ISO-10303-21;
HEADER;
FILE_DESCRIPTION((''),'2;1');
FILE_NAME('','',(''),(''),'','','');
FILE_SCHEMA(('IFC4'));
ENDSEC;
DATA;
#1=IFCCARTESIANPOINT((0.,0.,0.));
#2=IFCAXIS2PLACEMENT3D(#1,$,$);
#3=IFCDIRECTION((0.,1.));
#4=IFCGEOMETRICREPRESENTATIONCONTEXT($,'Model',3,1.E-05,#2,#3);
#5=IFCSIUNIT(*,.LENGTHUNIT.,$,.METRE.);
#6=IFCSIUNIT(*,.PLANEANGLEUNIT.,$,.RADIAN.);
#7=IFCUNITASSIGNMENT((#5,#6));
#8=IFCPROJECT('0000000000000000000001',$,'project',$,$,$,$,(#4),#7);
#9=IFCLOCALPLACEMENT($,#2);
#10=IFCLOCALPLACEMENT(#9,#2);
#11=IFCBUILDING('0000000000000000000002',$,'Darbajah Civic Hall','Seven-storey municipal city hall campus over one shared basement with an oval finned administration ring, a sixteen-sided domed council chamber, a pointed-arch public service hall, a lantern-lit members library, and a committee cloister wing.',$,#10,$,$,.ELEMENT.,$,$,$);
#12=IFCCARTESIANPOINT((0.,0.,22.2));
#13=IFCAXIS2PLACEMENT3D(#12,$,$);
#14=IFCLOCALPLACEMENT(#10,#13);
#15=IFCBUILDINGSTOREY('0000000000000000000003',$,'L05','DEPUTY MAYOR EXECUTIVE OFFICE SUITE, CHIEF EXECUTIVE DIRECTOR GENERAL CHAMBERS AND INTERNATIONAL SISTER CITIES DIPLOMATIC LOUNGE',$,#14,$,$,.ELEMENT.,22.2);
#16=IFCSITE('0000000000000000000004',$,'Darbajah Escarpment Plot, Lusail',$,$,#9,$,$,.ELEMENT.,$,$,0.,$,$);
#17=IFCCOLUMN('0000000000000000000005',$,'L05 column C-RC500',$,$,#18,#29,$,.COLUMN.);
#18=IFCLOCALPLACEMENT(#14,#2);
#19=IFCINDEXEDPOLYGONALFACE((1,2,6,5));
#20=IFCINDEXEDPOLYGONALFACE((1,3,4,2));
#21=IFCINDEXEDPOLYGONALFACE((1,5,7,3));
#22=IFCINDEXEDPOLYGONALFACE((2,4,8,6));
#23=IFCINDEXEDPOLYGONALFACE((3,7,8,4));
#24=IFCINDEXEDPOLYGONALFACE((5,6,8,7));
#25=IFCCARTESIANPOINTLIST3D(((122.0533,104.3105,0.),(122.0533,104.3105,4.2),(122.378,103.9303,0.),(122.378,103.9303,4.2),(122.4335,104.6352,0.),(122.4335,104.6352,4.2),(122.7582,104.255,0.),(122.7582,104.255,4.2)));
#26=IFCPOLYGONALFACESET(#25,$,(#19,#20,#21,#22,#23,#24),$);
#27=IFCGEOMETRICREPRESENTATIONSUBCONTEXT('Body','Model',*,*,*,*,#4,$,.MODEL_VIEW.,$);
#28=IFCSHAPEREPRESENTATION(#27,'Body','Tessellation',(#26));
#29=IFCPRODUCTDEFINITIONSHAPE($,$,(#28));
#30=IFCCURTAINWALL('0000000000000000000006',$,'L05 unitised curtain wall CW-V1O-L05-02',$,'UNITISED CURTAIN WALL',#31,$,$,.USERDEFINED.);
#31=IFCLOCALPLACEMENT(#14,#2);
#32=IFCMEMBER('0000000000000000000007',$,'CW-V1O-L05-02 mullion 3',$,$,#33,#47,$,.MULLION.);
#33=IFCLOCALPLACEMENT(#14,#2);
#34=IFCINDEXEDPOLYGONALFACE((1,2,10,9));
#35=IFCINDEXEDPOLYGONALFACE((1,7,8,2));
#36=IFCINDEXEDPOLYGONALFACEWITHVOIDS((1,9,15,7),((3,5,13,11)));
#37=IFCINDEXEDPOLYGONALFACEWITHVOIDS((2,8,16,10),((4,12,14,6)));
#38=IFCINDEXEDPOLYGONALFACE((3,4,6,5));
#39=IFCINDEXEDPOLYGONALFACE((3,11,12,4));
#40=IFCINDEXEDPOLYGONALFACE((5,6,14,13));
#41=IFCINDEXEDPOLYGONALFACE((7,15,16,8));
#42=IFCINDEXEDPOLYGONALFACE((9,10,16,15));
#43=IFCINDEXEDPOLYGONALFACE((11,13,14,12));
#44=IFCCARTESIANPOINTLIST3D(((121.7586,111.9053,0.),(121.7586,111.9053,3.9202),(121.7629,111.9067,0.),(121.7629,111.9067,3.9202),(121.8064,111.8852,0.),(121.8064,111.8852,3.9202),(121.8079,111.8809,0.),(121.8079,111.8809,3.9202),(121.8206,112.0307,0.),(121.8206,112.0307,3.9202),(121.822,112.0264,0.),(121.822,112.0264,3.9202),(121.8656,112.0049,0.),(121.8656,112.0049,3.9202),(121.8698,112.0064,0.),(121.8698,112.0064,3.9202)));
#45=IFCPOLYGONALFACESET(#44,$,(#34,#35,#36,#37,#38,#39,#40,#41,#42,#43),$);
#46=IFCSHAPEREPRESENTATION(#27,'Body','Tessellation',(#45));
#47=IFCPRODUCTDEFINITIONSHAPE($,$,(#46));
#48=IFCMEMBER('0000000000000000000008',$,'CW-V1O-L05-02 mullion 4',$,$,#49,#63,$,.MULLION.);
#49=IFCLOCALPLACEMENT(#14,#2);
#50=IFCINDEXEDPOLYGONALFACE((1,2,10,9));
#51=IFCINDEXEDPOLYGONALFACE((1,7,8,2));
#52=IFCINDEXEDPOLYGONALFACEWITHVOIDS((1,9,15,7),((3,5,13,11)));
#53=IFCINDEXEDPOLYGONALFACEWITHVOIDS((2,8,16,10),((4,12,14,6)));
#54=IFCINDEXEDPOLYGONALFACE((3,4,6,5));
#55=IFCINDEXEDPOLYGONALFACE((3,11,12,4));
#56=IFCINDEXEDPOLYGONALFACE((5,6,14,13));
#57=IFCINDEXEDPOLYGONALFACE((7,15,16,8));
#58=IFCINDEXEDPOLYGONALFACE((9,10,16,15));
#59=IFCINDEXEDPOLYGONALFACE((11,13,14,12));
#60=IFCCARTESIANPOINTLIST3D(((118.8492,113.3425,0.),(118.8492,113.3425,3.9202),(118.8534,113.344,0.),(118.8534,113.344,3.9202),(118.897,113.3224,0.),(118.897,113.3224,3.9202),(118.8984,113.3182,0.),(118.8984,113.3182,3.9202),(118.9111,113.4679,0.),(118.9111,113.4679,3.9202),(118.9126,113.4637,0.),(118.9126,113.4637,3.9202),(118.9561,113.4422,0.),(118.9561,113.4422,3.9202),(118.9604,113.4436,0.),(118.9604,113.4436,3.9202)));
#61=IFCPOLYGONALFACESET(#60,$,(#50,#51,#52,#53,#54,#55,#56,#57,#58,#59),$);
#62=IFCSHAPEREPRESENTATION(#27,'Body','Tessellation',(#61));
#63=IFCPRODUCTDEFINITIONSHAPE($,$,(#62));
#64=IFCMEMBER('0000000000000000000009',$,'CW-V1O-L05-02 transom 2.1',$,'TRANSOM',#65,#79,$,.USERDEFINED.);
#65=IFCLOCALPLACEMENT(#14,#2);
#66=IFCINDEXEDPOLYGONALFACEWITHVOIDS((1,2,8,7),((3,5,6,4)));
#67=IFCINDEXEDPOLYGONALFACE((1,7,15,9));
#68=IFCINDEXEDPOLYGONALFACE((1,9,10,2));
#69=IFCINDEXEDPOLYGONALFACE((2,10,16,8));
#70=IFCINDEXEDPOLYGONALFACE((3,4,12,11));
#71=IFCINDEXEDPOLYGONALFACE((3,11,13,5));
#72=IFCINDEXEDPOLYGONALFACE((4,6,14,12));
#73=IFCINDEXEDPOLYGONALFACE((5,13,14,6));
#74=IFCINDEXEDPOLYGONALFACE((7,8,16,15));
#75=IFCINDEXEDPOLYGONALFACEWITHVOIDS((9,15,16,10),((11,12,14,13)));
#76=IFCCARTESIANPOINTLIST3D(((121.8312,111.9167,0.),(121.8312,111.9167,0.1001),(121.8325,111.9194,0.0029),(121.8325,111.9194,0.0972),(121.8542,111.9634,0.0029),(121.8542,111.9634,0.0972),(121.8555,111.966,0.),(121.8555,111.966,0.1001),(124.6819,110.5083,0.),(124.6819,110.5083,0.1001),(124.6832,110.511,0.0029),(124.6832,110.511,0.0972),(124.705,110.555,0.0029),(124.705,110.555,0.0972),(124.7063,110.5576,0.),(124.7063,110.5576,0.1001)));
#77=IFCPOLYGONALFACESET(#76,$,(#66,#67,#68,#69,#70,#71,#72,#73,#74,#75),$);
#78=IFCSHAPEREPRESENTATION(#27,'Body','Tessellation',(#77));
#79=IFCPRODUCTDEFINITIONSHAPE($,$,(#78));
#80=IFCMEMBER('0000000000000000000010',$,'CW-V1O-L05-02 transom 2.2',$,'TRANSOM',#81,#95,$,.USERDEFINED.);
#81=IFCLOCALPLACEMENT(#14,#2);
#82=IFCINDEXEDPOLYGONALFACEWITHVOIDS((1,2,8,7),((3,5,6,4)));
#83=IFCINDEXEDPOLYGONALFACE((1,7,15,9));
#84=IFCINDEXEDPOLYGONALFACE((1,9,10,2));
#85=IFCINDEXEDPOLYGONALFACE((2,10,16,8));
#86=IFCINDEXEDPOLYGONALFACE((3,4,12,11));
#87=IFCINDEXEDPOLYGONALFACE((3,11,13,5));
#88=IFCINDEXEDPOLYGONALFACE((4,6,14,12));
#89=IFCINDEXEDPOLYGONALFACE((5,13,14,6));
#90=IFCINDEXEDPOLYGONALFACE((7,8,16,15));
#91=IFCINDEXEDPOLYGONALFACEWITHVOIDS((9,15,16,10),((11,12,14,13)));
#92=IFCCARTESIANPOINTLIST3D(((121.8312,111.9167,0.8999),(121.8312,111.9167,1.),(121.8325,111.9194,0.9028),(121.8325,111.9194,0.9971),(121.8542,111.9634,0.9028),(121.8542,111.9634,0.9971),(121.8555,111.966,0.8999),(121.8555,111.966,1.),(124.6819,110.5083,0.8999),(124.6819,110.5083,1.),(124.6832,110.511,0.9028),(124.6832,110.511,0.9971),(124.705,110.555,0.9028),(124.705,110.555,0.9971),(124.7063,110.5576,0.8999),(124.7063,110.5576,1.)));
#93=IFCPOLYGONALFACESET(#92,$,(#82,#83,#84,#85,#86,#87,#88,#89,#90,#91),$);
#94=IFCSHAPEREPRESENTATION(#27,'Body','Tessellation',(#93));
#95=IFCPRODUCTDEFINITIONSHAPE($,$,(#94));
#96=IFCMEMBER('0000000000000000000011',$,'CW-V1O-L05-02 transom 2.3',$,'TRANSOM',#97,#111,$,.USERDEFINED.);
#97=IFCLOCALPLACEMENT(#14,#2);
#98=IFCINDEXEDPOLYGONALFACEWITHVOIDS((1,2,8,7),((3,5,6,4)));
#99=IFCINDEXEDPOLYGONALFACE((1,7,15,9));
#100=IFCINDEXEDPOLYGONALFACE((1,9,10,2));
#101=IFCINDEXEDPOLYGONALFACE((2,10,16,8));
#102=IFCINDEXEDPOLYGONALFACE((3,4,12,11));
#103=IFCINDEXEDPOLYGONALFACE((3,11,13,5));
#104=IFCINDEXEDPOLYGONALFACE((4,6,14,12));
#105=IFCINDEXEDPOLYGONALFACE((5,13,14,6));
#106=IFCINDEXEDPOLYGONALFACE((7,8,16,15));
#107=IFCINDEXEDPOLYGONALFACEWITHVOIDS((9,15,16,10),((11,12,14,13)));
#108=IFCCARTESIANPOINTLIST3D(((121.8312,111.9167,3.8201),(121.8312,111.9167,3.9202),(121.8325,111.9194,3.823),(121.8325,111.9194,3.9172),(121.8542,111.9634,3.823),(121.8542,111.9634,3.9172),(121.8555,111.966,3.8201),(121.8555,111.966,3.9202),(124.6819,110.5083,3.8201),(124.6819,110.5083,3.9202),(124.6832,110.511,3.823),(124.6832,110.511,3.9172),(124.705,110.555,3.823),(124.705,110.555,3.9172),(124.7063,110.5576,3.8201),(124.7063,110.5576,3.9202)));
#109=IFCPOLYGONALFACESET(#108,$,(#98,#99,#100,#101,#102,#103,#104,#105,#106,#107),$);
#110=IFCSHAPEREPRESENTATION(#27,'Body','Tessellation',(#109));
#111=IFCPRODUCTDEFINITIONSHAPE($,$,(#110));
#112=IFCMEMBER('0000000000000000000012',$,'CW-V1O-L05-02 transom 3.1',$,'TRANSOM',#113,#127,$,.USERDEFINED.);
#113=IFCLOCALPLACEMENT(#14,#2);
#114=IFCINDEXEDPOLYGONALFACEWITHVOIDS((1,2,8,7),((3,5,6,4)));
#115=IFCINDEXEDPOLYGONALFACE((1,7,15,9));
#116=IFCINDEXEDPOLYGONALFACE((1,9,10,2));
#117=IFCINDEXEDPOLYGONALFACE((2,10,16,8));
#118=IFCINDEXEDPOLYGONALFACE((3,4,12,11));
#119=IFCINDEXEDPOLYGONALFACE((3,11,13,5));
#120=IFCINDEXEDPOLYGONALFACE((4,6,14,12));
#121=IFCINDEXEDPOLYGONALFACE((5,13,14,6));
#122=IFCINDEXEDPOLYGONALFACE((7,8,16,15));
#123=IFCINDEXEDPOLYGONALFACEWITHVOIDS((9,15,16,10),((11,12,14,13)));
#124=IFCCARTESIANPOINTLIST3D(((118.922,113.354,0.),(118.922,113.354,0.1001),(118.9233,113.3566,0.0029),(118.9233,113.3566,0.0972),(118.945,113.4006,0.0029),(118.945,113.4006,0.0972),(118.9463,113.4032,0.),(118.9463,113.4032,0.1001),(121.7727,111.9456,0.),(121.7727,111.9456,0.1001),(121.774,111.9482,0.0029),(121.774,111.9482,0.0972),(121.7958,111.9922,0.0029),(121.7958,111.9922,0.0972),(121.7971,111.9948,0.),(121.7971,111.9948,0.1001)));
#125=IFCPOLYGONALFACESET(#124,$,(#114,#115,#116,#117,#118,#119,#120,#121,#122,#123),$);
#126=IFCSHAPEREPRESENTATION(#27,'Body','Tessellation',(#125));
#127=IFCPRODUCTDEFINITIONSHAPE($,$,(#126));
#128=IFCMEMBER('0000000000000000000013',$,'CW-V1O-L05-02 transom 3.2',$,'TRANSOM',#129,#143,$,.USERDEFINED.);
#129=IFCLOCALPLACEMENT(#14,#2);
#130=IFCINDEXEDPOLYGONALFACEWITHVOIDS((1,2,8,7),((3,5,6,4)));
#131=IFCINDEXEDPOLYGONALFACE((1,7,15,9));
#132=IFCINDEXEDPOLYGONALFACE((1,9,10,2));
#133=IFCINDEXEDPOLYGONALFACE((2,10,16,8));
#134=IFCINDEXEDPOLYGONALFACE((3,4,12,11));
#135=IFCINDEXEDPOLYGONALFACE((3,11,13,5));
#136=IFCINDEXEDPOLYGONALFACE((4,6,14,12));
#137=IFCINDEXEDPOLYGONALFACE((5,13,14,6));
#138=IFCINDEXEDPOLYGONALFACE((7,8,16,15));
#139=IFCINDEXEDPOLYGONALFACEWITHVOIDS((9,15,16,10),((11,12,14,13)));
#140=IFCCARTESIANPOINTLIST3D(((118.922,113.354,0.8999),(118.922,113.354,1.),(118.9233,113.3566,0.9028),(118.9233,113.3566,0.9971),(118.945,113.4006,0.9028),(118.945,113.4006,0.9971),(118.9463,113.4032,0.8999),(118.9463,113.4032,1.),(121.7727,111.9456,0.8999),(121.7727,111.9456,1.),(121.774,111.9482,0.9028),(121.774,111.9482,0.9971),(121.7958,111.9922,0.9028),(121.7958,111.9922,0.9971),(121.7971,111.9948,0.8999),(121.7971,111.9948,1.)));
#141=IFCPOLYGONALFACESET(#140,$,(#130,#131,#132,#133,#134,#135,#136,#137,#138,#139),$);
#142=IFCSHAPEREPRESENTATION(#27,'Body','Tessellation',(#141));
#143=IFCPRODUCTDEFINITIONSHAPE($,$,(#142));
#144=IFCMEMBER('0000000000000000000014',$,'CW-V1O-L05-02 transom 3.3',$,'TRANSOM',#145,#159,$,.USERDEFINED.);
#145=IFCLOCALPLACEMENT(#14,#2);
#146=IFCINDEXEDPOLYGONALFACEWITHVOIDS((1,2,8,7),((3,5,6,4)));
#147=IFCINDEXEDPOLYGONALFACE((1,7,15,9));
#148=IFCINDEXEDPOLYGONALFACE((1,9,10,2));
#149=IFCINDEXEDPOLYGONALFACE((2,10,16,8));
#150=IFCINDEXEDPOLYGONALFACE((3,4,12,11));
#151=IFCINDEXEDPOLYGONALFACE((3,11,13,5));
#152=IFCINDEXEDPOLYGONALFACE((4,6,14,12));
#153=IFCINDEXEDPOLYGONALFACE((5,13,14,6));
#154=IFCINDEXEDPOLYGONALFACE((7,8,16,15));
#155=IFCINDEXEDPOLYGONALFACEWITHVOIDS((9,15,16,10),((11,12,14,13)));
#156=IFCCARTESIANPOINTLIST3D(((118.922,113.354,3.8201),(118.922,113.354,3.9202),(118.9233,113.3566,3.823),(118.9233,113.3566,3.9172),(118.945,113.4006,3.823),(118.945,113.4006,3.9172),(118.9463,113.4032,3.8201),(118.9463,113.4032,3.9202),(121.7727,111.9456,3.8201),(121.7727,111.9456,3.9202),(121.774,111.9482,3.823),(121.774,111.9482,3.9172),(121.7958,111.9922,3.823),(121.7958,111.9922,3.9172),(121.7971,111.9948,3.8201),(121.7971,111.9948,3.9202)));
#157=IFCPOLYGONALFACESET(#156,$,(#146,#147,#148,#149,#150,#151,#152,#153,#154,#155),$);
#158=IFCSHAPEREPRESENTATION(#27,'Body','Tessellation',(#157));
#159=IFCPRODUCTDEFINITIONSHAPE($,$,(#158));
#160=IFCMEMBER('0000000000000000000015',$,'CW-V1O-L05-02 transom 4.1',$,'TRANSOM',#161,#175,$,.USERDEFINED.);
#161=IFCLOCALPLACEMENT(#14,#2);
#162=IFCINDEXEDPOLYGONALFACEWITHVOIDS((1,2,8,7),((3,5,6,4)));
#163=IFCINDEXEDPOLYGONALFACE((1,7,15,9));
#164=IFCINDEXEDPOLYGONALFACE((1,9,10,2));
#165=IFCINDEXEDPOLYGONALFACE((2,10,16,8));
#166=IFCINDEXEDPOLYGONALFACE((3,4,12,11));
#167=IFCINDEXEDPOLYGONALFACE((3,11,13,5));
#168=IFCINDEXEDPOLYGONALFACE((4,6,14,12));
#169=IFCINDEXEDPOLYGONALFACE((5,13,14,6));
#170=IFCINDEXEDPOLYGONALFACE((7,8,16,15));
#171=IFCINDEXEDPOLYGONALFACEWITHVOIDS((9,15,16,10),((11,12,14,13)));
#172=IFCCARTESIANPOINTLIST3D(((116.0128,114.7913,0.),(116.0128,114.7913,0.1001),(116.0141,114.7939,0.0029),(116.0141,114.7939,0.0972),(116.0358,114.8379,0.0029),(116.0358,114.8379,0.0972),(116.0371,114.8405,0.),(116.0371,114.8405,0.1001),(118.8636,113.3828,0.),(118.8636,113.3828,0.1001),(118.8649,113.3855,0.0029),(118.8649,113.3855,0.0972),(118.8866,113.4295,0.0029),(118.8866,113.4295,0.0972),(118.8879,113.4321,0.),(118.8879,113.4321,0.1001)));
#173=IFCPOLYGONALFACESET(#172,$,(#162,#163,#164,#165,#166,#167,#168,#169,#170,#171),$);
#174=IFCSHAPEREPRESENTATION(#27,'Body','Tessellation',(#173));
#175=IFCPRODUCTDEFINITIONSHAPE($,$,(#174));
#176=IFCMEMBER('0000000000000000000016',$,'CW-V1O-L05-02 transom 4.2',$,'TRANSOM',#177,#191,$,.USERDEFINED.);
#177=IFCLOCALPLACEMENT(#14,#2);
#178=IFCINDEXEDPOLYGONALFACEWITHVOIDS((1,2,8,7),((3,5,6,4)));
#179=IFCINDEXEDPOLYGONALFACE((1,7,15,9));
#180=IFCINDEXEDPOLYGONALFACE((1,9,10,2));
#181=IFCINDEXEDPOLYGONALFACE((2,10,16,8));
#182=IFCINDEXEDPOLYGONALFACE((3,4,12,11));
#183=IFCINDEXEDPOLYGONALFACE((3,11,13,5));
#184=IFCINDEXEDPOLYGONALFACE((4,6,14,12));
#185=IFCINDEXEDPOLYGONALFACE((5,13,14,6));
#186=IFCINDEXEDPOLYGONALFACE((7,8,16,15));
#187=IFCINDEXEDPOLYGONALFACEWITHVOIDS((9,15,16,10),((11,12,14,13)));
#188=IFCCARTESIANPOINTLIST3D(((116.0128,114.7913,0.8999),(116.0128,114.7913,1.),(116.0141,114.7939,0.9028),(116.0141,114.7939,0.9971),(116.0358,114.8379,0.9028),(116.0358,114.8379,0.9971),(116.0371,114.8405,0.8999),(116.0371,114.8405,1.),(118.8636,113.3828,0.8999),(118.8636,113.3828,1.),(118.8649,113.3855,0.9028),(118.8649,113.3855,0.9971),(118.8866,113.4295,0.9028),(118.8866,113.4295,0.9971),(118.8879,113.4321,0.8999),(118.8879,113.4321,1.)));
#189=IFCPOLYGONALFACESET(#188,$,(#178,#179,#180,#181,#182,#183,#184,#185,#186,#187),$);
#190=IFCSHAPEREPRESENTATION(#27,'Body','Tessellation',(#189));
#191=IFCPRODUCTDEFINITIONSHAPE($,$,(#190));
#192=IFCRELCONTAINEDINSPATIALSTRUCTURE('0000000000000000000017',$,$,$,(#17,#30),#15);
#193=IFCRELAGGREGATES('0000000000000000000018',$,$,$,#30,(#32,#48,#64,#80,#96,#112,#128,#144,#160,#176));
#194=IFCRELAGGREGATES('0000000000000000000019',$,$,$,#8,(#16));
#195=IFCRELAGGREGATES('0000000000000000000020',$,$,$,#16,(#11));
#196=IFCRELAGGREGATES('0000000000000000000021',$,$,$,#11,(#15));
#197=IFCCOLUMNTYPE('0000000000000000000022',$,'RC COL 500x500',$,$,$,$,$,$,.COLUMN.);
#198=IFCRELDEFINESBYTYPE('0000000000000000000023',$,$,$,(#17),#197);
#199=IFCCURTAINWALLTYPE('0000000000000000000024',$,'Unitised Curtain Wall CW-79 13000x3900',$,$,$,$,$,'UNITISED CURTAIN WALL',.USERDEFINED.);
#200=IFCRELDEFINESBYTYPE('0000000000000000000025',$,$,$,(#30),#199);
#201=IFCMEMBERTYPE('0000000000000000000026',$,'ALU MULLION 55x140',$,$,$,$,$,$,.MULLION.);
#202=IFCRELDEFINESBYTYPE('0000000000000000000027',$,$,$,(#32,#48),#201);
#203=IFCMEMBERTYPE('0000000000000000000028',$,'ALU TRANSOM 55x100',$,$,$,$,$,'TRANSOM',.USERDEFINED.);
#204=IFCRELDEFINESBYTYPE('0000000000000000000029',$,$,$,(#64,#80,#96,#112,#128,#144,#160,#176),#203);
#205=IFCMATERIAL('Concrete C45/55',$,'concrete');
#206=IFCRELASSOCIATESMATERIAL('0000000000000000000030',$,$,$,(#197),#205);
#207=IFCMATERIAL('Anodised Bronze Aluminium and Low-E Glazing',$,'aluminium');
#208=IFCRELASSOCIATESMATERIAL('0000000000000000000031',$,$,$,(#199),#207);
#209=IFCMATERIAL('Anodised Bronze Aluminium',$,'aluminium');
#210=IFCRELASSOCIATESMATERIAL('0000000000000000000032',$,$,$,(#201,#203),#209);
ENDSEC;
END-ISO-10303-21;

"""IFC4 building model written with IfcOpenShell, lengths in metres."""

from ifc_helpers import new_model, si_unit, direction, frame, origin, origin_2d, place, context, subcontext, project, spatial, rectangle, hollow_rectangle, extrude, material, material_profile, profile_set, type_object, element, aggregate, save


model = new_model("IFC4")

# Units and contexts
model_context = context("Model", 3, precision=1e-05, world=origin(), true_north=direction((0.0, 1.0)))
body_context = subcontext(model_context, "Body", "Model", "MODEL_VIEW")
ifc_project = project(units=[si_unit("LENGTHUNIT", "METRE"), si_unit("PLANEANGLEUNIT", "RADIAN")], contexts=[model_context])

# Site, building, storey
site_placement = place(None, origin())
site = spatial("IfcSite", under=ifc_project, at=site_placement, Name="Darbajah Escarpment Plot, Lusail", CompositionType="ELEMENT", RefElevation=0.0)
building_placement = place(site_placement, origin())
building = spatial("IfcBuilding", under=site, at=building_placement, Name="Darbajah Civic Hall", Description="Seven-storey municipal city hall campus over one shared basement with an oval finned administration ring, a sixteen-sided domed council chamber, a pointed-arch public service hall, a lantern-lit members library, and a committee cloister wing.", CompositionType="ELEMENT")
storey_placement = place(building_placement, frame((0.0, 0.0, 22.2)))
storey = spatial("IfcBuildingStorey", under=building, at=storey_placement, Name="L05", Description="DEPUTY MAYOR EXECUTIVE OFFICE SUITE, CHIEF EXECUTIVE DIRECTOR GENERAL CHAMBERS AND INTERNATIONAL SISTER CITIES DIPLOMATIC LOUNGE", CompositionType="ELEMENT", Elevation=22.2)

# Column
ifc_material_1 = material(Name="Concrete C45/55", Category="concrete")
ifc_material_profile_1 = material_profile(ifc_material_1, rectangle(XDim=0.5, YDim=0.5, at=origin_2d()), Name="RC COL 500x500")
ifc_profile_set_1 = profile_set([ifc_material_profile_1], Name="Concrete C45/55")
column_type = type_object("IfcColumnType", Name="RC COL 500x500", PredefinedType="COLUMN", material=ifc_profile_set_1)
column_placement = place(storey_placement, frame((122.4058, 104.2827, 0.0), z_axis=(0.0, 0.0, 1.0), x_axis=(0.760406, 0.649448, 0.0)))
element("IfcColumn", 1, at=column_placement, inside=storey, type_object=column_type, Name="L05 column C-RC500", PredefinedType="COLUMN", context=body_context, shape_type="SweptSolid", body=[
    extrude(rectangle(XDim=0.5, YDim=0.5, at=origin_2d()), origin(), (0.0, 0.0, 1.0), 4.2),
])

# Curtain wall, members
ifc_material_2 = material(Name="Anodised Bronze Aluminium and Low-E Glazing", Category="aluminium")
curtain_wall_type = type_object("IfcCurtainWallType", Name="Unitised Curtain Wall CW-79 13000x3900", ElementType="UNITISED CURTAIN WALL", PredefinedType="USERDEFINED", material=ifc_material_2)
curtain_wall_placement = place(storey_placement, origin())
curtain_wall = element("IfcCurtainWall", 2, at=curtain_wall_placement, inside=storey, type_object=curtain_wall_type, Name="L05 unitised curtain wall CW-V1O-L05-02", ObjectType="UNITISED CURTAIN WALL", PredefinedType="USERDEFINED")
ifc_material_3 = material(Name="Anodised Bronze Aluminium", Category="aluminium")
ifc_material_profile_2 = material_profile(ifc_material_3, hollow_rectangle(XDim=0.0549, YDim=0.1399, WallThickness=0.0032, at=origin_2d()), Name="ALU MULLION 55x140")
ifc_profile_set_2 = profile_set([ifc_material_profile_2], Name="Anodised Bronze Aluminium")
member_type_1 = type_object("IfcMemberType", Name="ALU MULLION 55x140", PredefinedType="MULLION", material=ifc_profile_set_2)
member_1_placement = place(storey_placement, frame((121.8142, 111.9558, 0.0), z_axis=(0.0, 0.0, 1.0), x_axis=(-0.896564, 0.442915, 0.0)))
member_1 = element("IfcMember", 3, at=member_1_placement, type_object=member_type_1, Name="CW-V1O-L05-02 mullion 3", PredefinedType="MULLION", context=body_context, shape_type="SweptSolid", body=[
    extrude(hollow_rectangle(XDim=0.0549, YDim=0.1399, WallThickness=0.0032, at=origin_2d()), origin(), (0.0, 0.0, 1.0), 3.9202),
])
member_2_placement = place(storey_placement, frame((118.9048, 113.3931, 0.0), z_axis=(0.0, 0.0, 1.0), x_axis=(-0.896564, 0.442915, 0.0)))
member_2 = element("IfcMember", 4, at=member_2_placement, type_object=member_type_1, Name="CW-V1O-L05-02 mullion 4", PredefinedType="MULLION", context=body_context, shape_type="SweptSolid", body=[
    extrude(hollow_rectangle(XDim=0.0549, YDim=0.1399, WallThickness=0.0032, at=origin_2d()), origin(), (0.0, 0.0, 1.0), 3.9202),
])
ifc_material_profile_3 = material_profile(ifc_material_3, hollow_rectangle(XDim=0.0549, YDim=0.1001, WallThickness=0.0029, at=origin_2d()), Name="ALU TRANSOM 55x100")
ifc_profile_set_3 = profile_set([ifc_material_profile_3], Name="Anodised Bronze Aluminium")
member_type_2 = type_object("IfcMemberType", Name="ALU TRANSOM 55x100", ElementType="TRANSOM", PredefinedType="USERDEFINED", material=ifc_profile_set_3)
member_3_placement = place(storey_placement, frame((124.6941, 110.533, 0.05), z_axis=(-0.896551, 0.44294, 0.0), x_axis=(-0.44294, -0.896551, 0.0)))
member_3 = element("IfcMember", 5, at=member_3_placement, type_object=member_type_2, Name="CW-V1O-L05-02 transom 2.1", ObjectType="TRANSOM", PredefinedType="USERDEFINED", context=body_context, shape_type="SweptSolid", body=[
    extrude(hollow_rectangle(XDim=0.0549, YDim=0.1001, WallThickness=0.0029, at=origin_2d()), origin(), (0.0, 0.0, 1.0), 3.1797),
])
member_4_placement = place(storey_placement, frame((124.6941, 110.533, 0.95), z_axis=(-0.896551, 0.44294, 0.0), x_axis=(-0.44294, -0.896551, 0.0)))
member_4 = element("IfcMember", 6, at=member_4_placement, type_object=member_type_2, Name="CW-V1O-L05-02 transom 2.2", ObjectType="TRANSOM", PredefinedType="USERDEFINED", context=body_context, shape_type="SweptSolid", body=[
    extrude(hollow_rectangle(XDim=0.0549, YDim=0.1001, WallThickness=0.0029, at=origin_2d()), origin(), (0.0, 0.0, 1.0), 3.1797),
])
member_5_placement = place(storey_placement, frame((124.6941, 110.533, 3.8701), z_axis=(-0.896551, 0.44294, 0.0), x_axis=(-0.44294, -0.896551, 0.0)))
member_5 = element("IfcMember", 7, at=member_5_placement, type_object=member_type_2, Name="CW-V1O-L05-02 transom 2.3", ObjectType="TRANSOM", PredefinedType="USERDEFINED", context=body_context, shape_type="SweptSolid", body=[
    extrude(hollow_rectangle(XDim=0.0549, YDim=0.1001, WallThickness=0.0029, at=origin_2d()), origin(), (0.0, 0.0, 1.0), 3.1797),
])
member_6_placement = place(storey_placement, frame((121.7849, 111.9702, 0.05), z_axis=(-0.896551, 0.44294, 0.0), x_axis=(-0.44294, -0.896551, 0.0)))
member_6 = element("IfcMember", 8, at=member_6_placement, type_object=member_type_2, Name="CW-V1O-L05-02 transom 3.1", ObjectType="TRANSOM", PredefinedType="USERDEFINED", context=body_context, shape_type="SweptSolid", body=[
    extrude(hollow_rectangle(XDim=0.0549, YDim=0.1001, WallThickness=0.0029, at=origin_2d()), origin(), (0.0, 0.0, 1.0), 3.1797),
])
member_7_placement = place(storey_placement, frame((121.7849, 111.9702, 0.95), z_axis=(-0.896551, 0.44294, 0.0), x_axis=(-0.44294, -0.896551, 0.0)))
member_7 = element("IfcMember", 9, at=member_7_placement, type_object=member_type_2, Name="CW-V1O-L05-02 transom 3.2", ObjectType="TRANSOM", PredefinedType="USERDEFINED", context=body_context, shape_type="SweptSolid", body=[
    extrude(hollow_rectangle(XDim=0.0549, YDim=0.1001, WallThickness=0.0029, at=origin_2d()), origin(), (0.0, 0.0, 1.0), 3.1797),
])
member_8_placement = place(storey_placement, frame((121.7849, 111.9702, 3.8701), z_axis=(-0.896551, 0.44294, 0.0), x_axis=(-0.44294, -0.896551, 0.0)))
member_8 = element("IfcMember", 10, at=member_8_placement, type_object=member_type_2, Name="CW-V1O-L05-02 transom 3.3", ObjectType="TRANSOM", PredefinedType="USERDEFINED", context=body_context, shape_type="SweptSolid", body=[
    extrude(hollow_rectangle(XDim=0.0549, YDim=0.1001, WallThickness=0.0029, at=origin_2d()), origin(), (0.0, 0.0, 1.0), 3.1797),
])
member_9_placement = place(storey_placement, frame((118.8757, 113.4075, 0.05), z_axis=(-0.896551, 0.44294, 0.0), x_axis=(-0.44294, -0.896551, 0.0)))
member_9 = element("IfcMember", 11, at=member_9_placement, type_object=member_type_2, Name="CW-V1O-L05-02 transom 4.1", ObjectType="TRANSOM", PredefinedType="USERDEFINED", context=body_context, shape_type="SweptSolid", body=[
    extrude(hollow_rectangle(XDim=0.0549, YDim=0.1001, WallThickness=0.0029, at=origin_2d()), origin(), (0.0, 0.0, 1.0), 3.1797),
])
member_10_placement = place(storey_placement, frame((118.8757, 113.4075, 0.95), z_axis=(-0.896551, 0.44294, 0.0), x_axis=(-0.44294, -0.896551, 0.0)))
member_10 = element("IfcMember", 12, at=member_10_placement, type_object=member_type_2, Name="CW-V1O-L05-02 transom 4.2", ObjectType="TRANSOM", PredefinedType="USERDEFINED", context=body_context, shape_type="SweptSolid", body=[
    extrude(hollow_rectangle(XDim=0.0549, YDim=0.1001, WallThickness=0.0029, at=origin_2d()), origin(), (0.0, 0.0, 1.0), 3.1797),
])

aggregate(curtain_wall, [member_1, member_2, member_3, member_4, member_5, member_6, member_7, member_8, member_9, member_10])

save(model, "model.ifc")
